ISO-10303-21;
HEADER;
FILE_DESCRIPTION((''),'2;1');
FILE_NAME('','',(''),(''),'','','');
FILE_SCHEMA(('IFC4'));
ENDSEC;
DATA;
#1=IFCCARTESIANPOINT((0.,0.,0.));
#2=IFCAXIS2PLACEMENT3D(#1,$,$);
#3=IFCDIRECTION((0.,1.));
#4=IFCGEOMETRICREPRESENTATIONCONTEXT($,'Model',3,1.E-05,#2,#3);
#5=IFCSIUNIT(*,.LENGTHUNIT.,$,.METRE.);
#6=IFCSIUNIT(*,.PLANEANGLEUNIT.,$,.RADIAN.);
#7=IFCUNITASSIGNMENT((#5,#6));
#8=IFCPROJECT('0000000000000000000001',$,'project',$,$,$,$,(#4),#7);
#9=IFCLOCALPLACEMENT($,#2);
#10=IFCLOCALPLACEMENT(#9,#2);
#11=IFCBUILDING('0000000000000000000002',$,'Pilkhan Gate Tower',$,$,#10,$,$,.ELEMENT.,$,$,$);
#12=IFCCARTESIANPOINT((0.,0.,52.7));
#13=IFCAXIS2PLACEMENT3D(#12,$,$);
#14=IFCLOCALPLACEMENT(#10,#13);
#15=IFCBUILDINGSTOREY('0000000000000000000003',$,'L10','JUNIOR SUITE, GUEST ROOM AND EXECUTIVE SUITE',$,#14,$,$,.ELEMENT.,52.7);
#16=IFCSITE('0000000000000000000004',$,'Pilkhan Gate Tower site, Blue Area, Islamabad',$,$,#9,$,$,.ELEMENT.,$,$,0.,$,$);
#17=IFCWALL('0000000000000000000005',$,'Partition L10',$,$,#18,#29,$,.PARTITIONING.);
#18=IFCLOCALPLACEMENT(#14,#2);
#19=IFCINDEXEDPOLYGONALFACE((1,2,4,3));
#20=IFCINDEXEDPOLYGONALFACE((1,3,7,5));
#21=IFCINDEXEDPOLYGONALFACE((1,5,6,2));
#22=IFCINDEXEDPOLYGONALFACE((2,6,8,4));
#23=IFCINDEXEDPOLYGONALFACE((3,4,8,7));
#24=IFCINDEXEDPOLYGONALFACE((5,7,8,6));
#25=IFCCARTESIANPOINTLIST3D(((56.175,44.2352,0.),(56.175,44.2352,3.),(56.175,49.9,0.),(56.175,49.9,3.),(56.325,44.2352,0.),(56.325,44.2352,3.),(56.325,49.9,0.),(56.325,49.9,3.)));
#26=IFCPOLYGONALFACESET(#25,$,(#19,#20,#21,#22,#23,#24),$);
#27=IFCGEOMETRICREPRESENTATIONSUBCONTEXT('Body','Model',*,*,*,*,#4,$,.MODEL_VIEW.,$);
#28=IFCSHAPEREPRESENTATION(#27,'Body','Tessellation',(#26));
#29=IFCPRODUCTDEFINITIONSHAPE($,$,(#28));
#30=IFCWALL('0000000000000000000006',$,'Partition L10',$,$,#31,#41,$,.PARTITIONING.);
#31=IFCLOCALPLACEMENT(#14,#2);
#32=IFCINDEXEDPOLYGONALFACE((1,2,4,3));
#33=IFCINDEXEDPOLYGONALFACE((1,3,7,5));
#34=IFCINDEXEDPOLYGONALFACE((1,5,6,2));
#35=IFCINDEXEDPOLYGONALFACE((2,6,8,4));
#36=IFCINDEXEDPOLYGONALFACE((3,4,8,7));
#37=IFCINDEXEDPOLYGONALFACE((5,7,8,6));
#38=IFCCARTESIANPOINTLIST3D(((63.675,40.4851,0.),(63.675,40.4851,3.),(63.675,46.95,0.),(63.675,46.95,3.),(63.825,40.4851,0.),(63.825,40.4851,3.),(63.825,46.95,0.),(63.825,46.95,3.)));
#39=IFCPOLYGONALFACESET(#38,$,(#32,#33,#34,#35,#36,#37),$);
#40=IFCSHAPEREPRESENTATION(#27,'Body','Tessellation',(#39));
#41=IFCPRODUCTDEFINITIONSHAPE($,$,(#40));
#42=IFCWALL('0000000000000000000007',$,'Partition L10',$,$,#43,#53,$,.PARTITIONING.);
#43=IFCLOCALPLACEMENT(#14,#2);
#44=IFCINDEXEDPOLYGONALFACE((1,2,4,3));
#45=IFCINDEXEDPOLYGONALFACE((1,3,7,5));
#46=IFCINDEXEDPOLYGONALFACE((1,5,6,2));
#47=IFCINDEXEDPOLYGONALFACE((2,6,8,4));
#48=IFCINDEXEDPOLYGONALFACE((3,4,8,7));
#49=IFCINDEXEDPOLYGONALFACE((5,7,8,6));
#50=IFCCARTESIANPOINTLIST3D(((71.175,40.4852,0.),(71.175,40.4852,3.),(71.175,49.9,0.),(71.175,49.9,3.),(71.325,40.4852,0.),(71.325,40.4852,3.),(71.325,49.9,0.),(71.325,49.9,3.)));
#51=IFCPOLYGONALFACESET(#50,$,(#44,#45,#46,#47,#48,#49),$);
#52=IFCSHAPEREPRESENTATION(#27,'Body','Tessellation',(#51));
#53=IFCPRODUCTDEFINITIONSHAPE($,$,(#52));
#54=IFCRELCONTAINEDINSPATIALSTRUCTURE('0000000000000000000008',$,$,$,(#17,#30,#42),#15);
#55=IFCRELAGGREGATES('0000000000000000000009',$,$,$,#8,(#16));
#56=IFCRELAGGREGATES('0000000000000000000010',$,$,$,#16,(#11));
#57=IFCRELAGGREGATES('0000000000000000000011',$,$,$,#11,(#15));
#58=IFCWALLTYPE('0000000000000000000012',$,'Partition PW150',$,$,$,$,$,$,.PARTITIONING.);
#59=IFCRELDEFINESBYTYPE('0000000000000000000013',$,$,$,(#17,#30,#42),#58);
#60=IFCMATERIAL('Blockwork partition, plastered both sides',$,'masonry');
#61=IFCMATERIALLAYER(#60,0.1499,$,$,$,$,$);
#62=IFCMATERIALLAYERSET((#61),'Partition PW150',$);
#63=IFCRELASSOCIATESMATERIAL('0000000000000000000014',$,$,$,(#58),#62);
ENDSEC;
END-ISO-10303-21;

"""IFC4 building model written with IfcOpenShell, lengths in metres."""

from ifc_helpers import new_model, si_unit, direction, frame, frame_2d, origin, place, context, subcontext, project, spatial, rectangle, extrude, material, layer, layer_set, type_object, element, save


model = new_model("IFC4")

# Units and contexts
model_context = context("Model", 3, precision=1e-05, world=origin(), true_north=direction((0.0, 1.0)))
body_context = subcontext(model_context, "Body", "Model", "MODEL_VIEW")
ifc_project = project(units=[si_unit("LENGTHUNIT", "METRE"), si_unit("PLANEANGLEUNIT", "RADIAN")], contexts=[model_context])

# Site, building, storey
site_placement = place(None, origin())
site = spatial("IfcSite", under=ifc_project, at=site_placement, Name="Pilkhan Gate Tower site, Blue Area, Islamabad", CompositionType="ELEMENT", RefElevation=0.0)
building_placement = place(site_placement, origin())
building = spatial("IfcBuilding", under=site, at=building_placement, Name="Pilkhan Gate Tower", CompositionType="ELEMENT")
storey_placement = place(building_placement, frame((0.0, 0.0, 52.7)))
storey = spatial("IfcBuildingStorey", under=building, at=storey_placement, Name="L10", Description="JUNIOR SUITE, GUEST ROOM AND EXECUTIVE SUITE", CompositionType="ELEMENT", Elevation=52.7)

# Walls
ifc_material_1 = material(Name="Blockwork partition, plastered both sides", Category="masonry")
ifc_layer_1 = layer(ifc_material_1, 0.1499)
ifc_layer_set_1 = layer_set([ifc_layer_1], Name="Partition PW150")
wall_type = type_object("IfcWallType", Name="Partition PW150", PredefinedType="PARTITIONING", material=ifc_layer_set_1)
wall_1_placement = place(storey_placement, frame((56.25, 44.2351, 0.0), z_axis=(0.0, 0.0, 1.0), x_axis=(0.0, 1.0, 0.0)))
element("IfcWall", 1, at=wall_1_placement, inside=storey, type_object=wall_type, Name="Partition L10", PredefinedType="PARTITIONING", context=body_context, shape_type="SweptSolid", body=[
    extrude(rectangle(XDim=5.6648, YDim=0.1499, at=frame_2d((2.8325, 0.0))), origin(), (0.0, 0.0, 1.0), 3.0),
])
wall_2_placement = place(storey_placement, frame((63.75, 40.4851, 0.0), z_axis=(0.0, 0.0, 1.0), x_axis=(0.0, 1.0, 0.0)))
element("IfcWall", 2, at=wall_2_placement, inside=storey, type_object=wall_type, Name="Partition L10", PredefinedType="PARTITIONING", context=body_context, shape_type="SweptSolid", body=[
    extrude(rectangle(XDim=6.4648, YDim=0.1499, at=frame_2d((3.2324, 0.0))), origin(), (0.0, 0.0, 1.0), 3.0),
])
wall_3_placement = place(storey_placement, frame((71.25, 40.4851, 0.0), z_axis=(0.0, 0.0, 1.0), x_axis=(0.0, 1.0, 0.0)))
element("IfcWall", 3, at=wall_3_placement, inside=storey, type_object=wall_type, Name="Partition L10", PredefinedType="PARTITIONING", context=body_context, shape_type="SweptSolid", body=[
    extrude(rectangle(XDim=9.4148, YDim=0.1499, at=frame_2d((4.7075, 0.0))), origin(), (0.0, 0.0, 1.0), 3.0),
])

save(model, "model.ifc")
